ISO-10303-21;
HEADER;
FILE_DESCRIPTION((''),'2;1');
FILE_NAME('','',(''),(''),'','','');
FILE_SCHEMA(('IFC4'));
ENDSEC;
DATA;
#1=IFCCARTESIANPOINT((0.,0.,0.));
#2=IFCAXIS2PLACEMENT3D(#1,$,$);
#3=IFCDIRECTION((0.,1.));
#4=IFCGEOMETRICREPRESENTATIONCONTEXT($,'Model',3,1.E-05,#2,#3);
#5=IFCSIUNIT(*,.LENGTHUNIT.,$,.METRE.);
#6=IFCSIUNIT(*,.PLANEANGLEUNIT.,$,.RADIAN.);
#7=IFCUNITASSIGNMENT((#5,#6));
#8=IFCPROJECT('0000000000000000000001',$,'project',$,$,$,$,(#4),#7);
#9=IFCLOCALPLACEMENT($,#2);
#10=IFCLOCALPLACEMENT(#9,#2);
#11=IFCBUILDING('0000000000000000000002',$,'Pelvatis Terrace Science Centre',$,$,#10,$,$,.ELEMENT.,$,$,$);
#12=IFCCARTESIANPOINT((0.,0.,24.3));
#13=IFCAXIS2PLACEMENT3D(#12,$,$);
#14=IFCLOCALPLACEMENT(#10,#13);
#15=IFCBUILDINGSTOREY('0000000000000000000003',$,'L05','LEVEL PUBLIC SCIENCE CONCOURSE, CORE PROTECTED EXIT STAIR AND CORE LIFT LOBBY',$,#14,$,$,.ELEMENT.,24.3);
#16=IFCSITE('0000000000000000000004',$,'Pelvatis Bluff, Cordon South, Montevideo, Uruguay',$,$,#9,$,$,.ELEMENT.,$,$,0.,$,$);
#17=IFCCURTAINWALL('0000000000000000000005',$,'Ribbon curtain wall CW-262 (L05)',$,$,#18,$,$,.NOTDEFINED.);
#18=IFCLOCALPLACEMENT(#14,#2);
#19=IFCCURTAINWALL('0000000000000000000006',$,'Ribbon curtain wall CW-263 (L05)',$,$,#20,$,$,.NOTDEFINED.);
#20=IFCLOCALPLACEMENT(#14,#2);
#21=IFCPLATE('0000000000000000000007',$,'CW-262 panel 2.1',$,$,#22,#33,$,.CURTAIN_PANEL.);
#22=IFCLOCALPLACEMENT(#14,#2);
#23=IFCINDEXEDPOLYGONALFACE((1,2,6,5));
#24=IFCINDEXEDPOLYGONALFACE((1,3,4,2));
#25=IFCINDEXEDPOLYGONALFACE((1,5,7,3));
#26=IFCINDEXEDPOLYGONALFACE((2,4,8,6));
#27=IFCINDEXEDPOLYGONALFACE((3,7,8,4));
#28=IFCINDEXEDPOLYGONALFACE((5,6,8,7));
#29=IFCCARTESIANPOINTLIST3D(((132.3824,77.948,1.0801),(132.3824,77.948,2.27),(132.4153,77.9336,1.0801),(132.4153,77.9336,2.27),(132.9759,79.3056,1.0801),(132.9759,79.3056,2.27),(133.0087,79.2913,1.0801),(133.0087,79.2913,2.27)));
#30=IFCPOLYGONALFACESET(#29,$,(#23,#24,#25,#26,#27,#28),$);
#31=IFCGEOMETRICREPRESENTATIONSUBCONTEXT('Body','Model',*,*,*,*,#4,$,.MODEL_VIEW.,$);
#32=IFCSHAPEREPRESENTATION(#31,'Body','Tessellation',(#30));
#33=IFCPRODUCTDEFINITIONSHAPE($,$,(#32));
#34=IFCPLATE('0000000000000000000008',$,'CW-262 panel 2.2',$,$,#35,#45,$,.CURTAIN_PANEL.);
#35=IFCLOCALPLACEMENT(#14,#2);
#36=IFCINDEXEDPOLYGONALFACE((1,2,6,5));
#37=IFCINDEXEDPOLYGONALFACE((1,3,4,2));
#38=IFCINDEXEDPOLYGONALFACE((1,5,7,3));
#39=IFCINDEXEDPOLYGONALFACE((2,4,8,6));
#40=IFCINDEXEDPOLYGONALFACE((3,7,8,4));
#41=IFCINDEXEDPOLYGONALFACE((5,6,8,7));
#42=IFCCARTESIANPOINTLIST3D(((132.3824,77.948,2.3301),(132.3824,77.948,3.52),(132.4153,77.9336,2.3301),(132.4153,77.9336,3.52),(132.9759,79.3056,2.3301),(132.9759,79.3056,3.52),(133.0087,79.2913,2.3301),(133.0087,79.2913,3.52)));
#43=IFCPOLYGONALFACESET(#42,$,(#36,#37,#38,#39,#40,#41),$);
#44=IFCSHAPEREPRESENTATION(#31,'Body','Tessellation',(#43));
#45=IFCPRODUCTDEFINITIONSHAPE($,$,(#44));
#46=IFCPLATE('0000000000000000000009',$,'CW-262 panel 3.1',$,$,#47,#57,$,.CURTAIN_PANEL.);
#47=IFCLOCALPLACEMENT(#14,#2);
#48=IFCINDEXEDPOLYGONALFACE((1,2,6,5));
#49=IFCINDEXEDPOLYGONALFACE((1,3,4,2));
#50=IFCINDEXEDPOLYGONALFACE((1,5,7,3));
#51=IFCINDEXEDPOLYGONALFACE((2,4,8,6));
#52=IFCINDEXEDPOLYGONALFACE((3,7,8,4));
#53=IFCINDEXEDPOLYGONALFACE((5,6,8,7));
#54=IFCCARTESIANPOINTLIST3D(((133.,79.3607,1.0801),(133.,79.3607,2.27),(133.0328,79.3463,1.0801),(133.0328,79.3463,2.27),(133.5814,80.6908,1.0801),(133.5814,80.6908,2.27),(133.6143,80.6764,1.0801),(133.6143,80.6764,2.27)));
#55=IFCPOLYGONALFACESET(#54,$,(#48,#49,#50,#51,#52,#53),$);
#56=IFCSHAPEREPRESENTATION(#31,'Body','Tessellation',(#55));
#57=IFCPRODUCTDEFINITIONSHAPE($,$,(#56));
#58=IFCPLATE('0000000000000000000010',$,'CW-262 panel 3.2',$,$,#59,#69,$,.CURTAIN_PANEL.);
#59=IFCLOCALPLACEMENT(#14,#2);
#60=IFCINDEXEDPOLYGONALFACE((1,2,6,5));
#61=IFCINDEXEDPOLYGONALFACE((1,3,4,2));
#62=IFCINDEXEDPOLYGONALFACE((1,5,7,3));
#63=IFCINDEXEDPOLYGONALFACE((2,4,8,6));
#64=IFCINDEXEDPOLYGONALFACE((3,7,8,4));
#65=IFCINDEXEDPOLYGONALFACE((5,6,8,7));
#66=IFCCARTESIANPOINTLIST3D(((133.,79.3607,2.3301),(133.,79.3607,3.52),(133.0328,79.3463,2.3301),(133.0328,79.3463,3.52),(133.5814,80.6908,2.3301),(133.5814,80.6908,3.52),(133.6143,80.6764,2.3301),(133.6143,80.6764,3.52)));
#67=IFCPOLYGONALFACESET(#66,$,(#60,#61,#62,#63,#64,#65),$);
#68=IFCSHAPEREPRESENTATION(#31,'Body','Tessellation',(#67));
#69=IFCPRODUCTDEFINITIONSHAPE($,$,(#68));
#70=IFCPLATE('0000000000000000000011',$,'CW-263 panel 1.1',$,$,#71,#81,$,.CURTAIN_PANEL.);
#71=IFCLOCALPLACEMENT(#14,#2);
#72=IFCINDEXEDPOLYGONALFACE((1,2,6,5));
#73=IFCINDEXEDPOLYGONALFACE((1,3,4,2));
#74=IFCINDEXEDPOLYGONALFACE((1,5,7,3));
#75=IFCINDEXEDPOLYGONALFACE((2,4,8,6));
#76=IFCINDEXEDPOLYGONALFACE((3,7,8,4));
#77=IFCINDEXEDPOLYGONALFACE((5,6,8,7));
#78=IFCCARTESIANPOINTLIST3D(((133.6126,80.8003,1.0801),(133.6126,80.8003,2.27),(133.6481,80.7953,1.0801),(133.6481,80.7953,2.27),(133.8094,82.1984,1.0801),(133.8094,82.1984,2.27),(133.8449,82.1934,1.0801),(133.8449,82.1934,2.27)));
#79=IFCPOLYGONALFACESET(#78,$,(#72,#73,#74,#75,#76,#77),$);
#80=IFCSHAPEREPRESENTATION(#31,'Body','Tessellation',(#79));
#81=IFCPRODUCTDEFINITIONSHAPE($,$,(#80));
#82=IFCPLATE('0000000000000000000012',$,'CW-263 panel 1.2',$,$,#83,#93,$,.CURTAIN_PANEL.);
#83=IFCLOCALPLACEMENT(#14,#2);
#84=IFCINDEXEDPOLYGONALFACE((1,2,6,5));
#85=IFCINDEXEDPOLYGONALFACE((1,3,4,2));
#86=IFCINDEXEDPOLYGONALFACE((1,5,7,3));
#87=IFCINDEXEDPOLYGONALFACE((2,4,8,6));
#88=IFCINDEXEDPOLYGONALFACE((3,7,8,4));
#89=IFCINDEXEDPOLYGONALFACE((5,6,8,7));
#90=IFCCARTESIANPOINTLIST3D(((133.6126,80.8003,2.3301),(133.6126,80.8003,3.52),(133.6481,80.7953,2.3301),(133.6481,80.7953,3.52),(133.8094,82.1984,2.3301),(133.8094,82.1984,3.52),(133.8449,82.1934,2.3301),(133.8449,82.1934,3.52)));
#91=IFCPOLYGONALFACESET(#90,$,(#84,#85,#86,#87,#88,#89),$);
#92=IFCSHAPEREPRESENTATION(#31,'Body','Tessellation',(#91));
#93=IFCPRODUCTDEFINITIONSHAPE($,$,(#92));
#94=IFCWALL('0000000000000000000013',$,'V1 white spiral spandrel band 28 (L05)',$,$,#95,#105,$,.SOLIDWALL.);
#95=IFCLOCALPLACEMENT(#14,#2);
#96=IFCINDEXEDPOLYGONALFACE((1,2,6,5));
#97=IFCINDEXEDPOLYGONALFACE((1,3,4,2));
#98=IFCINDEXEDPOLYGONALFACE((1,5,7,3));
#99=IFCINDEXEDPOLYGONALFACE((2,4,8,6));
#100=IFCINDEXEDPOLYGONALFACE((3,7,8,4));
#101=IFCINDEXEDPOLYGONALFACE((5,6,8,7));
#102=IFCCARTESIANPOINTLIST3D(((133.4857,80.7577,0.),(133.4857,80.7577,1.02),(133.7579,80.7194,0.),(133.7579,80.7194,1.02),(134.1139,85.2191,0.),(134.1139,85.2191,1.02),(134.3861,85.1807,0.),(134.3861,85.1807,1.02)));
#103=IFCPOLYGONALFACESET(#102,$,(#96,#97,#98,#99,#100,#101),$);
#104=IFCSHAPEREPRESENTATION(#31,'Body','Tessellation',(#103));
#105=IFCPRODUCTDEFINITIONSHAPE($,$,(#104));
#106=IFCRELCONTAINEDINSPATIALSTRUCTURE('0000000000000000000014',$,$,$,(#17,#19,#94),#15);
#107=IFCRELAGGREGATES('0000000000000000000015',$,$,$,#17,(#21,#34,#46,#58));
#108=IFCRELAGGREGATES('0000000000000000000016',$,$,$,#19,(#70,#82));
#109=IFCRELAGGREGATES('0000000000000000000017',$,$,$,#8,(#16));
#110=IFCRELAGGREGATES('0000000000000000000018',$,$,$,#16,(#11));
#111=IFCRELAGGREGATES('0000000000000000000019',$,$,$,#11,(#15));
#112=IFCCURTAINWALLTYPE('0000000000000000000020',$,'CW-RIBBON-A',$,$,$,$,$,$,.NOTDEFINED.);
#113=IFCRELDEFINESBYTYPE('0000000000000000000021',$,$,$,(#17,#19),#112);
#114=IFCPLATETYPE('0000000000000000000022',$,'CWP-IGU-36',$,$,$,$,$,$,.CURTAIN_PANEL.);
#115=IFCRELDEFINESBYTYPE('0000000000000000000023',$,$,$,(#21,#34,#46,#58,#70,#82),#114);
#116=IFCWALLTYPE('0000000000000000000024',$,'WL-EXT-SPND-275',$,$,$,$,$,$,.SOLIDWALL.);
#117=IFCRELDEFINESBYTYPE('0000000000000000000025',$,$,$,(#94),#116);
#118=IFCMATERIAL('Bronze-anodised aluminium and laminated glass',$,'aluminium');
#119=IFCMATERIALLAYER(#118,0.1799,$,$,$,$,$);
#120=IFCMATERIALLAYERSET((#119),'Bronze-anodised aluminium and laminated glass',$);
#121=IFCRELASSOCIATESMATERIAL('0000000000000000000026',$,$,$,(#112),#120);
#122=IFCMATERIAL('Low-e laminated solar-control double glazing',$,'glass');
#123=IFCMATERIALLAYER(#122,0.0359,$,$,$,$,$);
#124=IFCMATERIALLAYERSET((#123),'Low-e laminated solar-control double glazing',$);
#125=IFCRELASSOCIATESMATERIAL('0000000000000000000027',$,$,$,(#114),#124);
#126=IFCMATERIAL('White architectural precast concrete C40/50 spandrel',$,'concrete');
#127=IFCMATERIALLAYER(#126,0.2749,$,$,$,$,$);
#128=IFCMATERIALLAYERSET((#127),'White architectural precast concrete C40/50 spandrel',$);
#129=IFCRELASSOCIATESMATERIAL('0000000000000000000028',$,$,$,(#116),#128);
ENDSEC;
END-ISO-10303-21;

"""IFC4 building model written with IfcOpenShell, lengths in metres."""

from ifc_helpers import new_model, si_unit, direction, frame, frame_2d, origin, origin_2d, place, context, subcontext, project, spatial, rectangle, extrude, material, layer, layer_set, type_object, element, aggregate, save


model = new_model("IFC4")

# Units and contexts
model_context = context("Model", 3, precision=1e-05, world=origin(), true_north=direction((0.0, 1.0)))
body_context = subcontext(model_context, "Body", "Model", "MODEL_VIEW")
ifc_project = project(units=[si_unit("LENGTHUNIT", "METRE"), si_unit("PLANEANGLEUNIT", "RADIAN")], contexts=[model_context])

# Site, building, storey
site_placement = place(None, origin())
site = spatial("IfcSite", under=ifc_project, at=site_placement, Name="Pelvatis Bluff, Cordon South, Montevideo, Uruguay", CompositionType="ELEMENT", RefElevation=0.0)
building_placement = place(site_placement, origin())
building = spatial("IfcBuilding", under=site, at=building_placement, Name="Pelvatis Terrace Science Centre", CompositionType="ELEMENT")
storey_placement = place(building_placement, frame((0.0, 0.0, 24.3)))
storey = spatial("IfcBuildingStorey", under=building, at=storey_placement, Name="L05", Description="LEVEL PUBLIC SCIENCE CONCOURSE, CORE PROTECTED EXIT STAIR AND CORE LIFT LOBBY", CompositionType="ELEMENT", Elevation=24.3)

# Curtain walls
ifc_material_1 = material(Name="Bronze-anodised aluminium and laminated glass", Category="aluminium")
ifc_layer_1 = layer(ifc_material_1, 0.1799)
ifc_layer_set_1 = layer_set([ifc_layer_1], Name="Bronze-anodised aluminium and laminated glass")
curtain_wall_type = type_object("IfcCurtainWallType", Name="CW-RIBBON-A", PredefinedType="NOTDEFINED", material=ifc_layer_set_1)
curtain_wall_1_placement = place(storey_placement, origin())
curtain_wall_1 = element("IfcCurtainWall", 1, at=curtain_wall_1_placement, inside=storey, type_object=curtain_wall_type, Name="Ribbon curtain wall CW-262 (L05)", PredefinedType="NOTDEFINED")
curtain_wall_2_placement = place(storey_placement, origin())
curtain_wall_2 = element("IfcCurtainWall", 2, at=curtain_wall_2_placement, inside=storey, type_object=curtain_wall_type, Name="Ribbon curtain wall CW-263 (L05)", PredefinedType="NOTDEFINED")

# Plates
ifc_material_2 = material(Name="Low-e laminated solar-control double glazing", Category="glass")
ifc_layer_2 = layer(ifc_material_2, 0.0359)
ifc_layer_set_2 = layer_set([ifc_layer_2], Name="Low-e laminated solar-control double glazing")
plate_type = type_object("IfcPlateType", Name="CWP-IGU-36", PredefinedType="CURTAIN_PANEL", material=ifc_layer_set_2)
plate_1_placement = place(storey_placement, frame((132.6956, 78.6196, 1.0801), z_axis=(0.0, 0.0, 1.0), x_axis=(0.40055, 0.916275, 0.0)))
plate_1 = element("IfcPlate", 3, at=plate_1_placement, type_object=plate_type, Name="CW-262 panel 2.1", PredefinedType="CURTAIN_PANEL", context=body_context, shape_type="SweptSolid", body=[
    extrude(rectangle(XDim=1.4817, YDim=0.0359, at=origin_2d()), origin(), (0.0, 0.0, 1.0), 1.1899),
])
plate_2_placement = place(storey_placement, frame((132.6956, 78.6196, 2.3301), z_axis=(0.0, 0.0, 1.0), x_axis=(0.40055, 0.916275, 0.0)))
plate_2 = element("IfcPlate", 4, at=plate_2_placement, type_object=plate_type, Name="CW-262 panel 2.2", PredefinedType="CURTAIN_PANEL", context=body_context, shape_type="SweptSolid", body=[
    extrude(rectangle(XDim=1.4817, YDim=0.0359, at=origin_2d()), origin(), (0.0, 0.0, 1.0), 1.1899),
])
plate_3_placement = place(storey_placement, frame((133.3071, 80.0186, 1.0801), z_axis=(0.0, 0.0, 1.0), x_axis=(0.40055, 0.916275, 0.0)))
plate_3 = element("IfcPlate", 5, at=plate_3_placement, type_object=plate_type, Name="CW-262 panel 3.1", PredefinedType="CURTAIN_PANEL", context=body_context, shape_type="SweptSolid", body=[
    extrude(rectangle(XDim=1.4517, YDim=0.0359, at=origin_2d()), origin(), (0.0, 0.0, 1.0), 1.1899),
])
plate_4_placement = place(storey_placement, frame((133.3071, 80.0186, 2.3301), z_axis=(0.0, 0.0, 1.0), x_axis=(0.40055, 0.916275, 0.0)))
plate_4 = element("IfcPlate", 6, at=plate_4_placement, type_object=plate_type, Name="CW-262 panel 3.2", PredefinedType="CURTAIN_PANEL", context=body_context, shape_type="SweptSolid", body=[
    extrude(rectangle(XDim=1.4517, YDim=0.0359, at=origin_2d()), origin(), (0.0, 0.0, 1.0), 1.1899),
])
aggregate(curtain_wall_1, [plate_1, plate_2, plate_3, plate_4])
plate_5_placement = place(storey_placement, frame((133.7288, 81.4968, 1.0801), z_axis=(0.0, 0.0, 1.0), x_axis=(0.139408, 0.990235, 0.0)))
plate_5 = element("IfcPlate", 7, at=plate_5_placement, type_object=plate_type, Name="CW-263 panel 1.1", PredefinedType="CURTAIN_PANEL", context=body_context, shape_type="SweptSolid", body=[
    extrude(rectangle(XDim=1.4119, YDim=0.0359, at=origin_2d()), origin(), (0.0, 0.0, 1.0), 1.1899),
])
plate_6_placement = place(storey_placement, frame((133.7288, 81.4968, 2.3301), z_axis=(0.0, 0.0, 1.0), x_axis=(0.139408, 0.990235, 0.0)))
plate_6 = element("IfcPlate", 8, at=plate_6_placement, type_object=plate_type, Name="CW-263 panel 1.2", PredefinedType="CURTAIN_PANEL", context=body_context, shape_type="SweptSolid", body=[
    extrude(rectangle(XDim=1.4119, YDim=0.0359, at=origin_2d()), origin(), (0.0, 0.0, 1.0), 1.1899),
])
aggregate(curtain_wall_2, [plate_5, plate_6])

# Wall
ifc_material_3 = material(Name="White architectural precast concrete C40/50 spandrel", Category="concrete")
ifc_layer_3 = layer(ifc_material_3, 0.2749)
ifc_layer_set_3 = layer_set([ifc_layer_3], Name="White architectural precast concrete C40/50 spandrel")
wall_type = type_object("IfcWallType", Name="WL-EXT-SPND-275", PredefinedType="SOLIDWALL", material=ifc_layer_set_3)
wall_placement = place(storey_placement, frame((133.6218, 80.7385, 0.0), z_axis=(0.0, 0.0, 1.0), x_axis=(0.139426, 0.990233, 0.0)))
element("IfcWall", 9, at=wall_placement, inside=storey, type_object=wall_type, Name="V1 white spiral spandrel band 28 (L05)", PredefinedType="SOLIDWALL", context=body_context, shape_type="SweptSolid", body=[
    extrude(rectangle(XDim=4.5054, YDim=0.2749, at=frame_2d((2.2527, 0.0))), origin(), (0.0, 0.0, 1.0), 1.02),
])

save(model, "model.ifc")
